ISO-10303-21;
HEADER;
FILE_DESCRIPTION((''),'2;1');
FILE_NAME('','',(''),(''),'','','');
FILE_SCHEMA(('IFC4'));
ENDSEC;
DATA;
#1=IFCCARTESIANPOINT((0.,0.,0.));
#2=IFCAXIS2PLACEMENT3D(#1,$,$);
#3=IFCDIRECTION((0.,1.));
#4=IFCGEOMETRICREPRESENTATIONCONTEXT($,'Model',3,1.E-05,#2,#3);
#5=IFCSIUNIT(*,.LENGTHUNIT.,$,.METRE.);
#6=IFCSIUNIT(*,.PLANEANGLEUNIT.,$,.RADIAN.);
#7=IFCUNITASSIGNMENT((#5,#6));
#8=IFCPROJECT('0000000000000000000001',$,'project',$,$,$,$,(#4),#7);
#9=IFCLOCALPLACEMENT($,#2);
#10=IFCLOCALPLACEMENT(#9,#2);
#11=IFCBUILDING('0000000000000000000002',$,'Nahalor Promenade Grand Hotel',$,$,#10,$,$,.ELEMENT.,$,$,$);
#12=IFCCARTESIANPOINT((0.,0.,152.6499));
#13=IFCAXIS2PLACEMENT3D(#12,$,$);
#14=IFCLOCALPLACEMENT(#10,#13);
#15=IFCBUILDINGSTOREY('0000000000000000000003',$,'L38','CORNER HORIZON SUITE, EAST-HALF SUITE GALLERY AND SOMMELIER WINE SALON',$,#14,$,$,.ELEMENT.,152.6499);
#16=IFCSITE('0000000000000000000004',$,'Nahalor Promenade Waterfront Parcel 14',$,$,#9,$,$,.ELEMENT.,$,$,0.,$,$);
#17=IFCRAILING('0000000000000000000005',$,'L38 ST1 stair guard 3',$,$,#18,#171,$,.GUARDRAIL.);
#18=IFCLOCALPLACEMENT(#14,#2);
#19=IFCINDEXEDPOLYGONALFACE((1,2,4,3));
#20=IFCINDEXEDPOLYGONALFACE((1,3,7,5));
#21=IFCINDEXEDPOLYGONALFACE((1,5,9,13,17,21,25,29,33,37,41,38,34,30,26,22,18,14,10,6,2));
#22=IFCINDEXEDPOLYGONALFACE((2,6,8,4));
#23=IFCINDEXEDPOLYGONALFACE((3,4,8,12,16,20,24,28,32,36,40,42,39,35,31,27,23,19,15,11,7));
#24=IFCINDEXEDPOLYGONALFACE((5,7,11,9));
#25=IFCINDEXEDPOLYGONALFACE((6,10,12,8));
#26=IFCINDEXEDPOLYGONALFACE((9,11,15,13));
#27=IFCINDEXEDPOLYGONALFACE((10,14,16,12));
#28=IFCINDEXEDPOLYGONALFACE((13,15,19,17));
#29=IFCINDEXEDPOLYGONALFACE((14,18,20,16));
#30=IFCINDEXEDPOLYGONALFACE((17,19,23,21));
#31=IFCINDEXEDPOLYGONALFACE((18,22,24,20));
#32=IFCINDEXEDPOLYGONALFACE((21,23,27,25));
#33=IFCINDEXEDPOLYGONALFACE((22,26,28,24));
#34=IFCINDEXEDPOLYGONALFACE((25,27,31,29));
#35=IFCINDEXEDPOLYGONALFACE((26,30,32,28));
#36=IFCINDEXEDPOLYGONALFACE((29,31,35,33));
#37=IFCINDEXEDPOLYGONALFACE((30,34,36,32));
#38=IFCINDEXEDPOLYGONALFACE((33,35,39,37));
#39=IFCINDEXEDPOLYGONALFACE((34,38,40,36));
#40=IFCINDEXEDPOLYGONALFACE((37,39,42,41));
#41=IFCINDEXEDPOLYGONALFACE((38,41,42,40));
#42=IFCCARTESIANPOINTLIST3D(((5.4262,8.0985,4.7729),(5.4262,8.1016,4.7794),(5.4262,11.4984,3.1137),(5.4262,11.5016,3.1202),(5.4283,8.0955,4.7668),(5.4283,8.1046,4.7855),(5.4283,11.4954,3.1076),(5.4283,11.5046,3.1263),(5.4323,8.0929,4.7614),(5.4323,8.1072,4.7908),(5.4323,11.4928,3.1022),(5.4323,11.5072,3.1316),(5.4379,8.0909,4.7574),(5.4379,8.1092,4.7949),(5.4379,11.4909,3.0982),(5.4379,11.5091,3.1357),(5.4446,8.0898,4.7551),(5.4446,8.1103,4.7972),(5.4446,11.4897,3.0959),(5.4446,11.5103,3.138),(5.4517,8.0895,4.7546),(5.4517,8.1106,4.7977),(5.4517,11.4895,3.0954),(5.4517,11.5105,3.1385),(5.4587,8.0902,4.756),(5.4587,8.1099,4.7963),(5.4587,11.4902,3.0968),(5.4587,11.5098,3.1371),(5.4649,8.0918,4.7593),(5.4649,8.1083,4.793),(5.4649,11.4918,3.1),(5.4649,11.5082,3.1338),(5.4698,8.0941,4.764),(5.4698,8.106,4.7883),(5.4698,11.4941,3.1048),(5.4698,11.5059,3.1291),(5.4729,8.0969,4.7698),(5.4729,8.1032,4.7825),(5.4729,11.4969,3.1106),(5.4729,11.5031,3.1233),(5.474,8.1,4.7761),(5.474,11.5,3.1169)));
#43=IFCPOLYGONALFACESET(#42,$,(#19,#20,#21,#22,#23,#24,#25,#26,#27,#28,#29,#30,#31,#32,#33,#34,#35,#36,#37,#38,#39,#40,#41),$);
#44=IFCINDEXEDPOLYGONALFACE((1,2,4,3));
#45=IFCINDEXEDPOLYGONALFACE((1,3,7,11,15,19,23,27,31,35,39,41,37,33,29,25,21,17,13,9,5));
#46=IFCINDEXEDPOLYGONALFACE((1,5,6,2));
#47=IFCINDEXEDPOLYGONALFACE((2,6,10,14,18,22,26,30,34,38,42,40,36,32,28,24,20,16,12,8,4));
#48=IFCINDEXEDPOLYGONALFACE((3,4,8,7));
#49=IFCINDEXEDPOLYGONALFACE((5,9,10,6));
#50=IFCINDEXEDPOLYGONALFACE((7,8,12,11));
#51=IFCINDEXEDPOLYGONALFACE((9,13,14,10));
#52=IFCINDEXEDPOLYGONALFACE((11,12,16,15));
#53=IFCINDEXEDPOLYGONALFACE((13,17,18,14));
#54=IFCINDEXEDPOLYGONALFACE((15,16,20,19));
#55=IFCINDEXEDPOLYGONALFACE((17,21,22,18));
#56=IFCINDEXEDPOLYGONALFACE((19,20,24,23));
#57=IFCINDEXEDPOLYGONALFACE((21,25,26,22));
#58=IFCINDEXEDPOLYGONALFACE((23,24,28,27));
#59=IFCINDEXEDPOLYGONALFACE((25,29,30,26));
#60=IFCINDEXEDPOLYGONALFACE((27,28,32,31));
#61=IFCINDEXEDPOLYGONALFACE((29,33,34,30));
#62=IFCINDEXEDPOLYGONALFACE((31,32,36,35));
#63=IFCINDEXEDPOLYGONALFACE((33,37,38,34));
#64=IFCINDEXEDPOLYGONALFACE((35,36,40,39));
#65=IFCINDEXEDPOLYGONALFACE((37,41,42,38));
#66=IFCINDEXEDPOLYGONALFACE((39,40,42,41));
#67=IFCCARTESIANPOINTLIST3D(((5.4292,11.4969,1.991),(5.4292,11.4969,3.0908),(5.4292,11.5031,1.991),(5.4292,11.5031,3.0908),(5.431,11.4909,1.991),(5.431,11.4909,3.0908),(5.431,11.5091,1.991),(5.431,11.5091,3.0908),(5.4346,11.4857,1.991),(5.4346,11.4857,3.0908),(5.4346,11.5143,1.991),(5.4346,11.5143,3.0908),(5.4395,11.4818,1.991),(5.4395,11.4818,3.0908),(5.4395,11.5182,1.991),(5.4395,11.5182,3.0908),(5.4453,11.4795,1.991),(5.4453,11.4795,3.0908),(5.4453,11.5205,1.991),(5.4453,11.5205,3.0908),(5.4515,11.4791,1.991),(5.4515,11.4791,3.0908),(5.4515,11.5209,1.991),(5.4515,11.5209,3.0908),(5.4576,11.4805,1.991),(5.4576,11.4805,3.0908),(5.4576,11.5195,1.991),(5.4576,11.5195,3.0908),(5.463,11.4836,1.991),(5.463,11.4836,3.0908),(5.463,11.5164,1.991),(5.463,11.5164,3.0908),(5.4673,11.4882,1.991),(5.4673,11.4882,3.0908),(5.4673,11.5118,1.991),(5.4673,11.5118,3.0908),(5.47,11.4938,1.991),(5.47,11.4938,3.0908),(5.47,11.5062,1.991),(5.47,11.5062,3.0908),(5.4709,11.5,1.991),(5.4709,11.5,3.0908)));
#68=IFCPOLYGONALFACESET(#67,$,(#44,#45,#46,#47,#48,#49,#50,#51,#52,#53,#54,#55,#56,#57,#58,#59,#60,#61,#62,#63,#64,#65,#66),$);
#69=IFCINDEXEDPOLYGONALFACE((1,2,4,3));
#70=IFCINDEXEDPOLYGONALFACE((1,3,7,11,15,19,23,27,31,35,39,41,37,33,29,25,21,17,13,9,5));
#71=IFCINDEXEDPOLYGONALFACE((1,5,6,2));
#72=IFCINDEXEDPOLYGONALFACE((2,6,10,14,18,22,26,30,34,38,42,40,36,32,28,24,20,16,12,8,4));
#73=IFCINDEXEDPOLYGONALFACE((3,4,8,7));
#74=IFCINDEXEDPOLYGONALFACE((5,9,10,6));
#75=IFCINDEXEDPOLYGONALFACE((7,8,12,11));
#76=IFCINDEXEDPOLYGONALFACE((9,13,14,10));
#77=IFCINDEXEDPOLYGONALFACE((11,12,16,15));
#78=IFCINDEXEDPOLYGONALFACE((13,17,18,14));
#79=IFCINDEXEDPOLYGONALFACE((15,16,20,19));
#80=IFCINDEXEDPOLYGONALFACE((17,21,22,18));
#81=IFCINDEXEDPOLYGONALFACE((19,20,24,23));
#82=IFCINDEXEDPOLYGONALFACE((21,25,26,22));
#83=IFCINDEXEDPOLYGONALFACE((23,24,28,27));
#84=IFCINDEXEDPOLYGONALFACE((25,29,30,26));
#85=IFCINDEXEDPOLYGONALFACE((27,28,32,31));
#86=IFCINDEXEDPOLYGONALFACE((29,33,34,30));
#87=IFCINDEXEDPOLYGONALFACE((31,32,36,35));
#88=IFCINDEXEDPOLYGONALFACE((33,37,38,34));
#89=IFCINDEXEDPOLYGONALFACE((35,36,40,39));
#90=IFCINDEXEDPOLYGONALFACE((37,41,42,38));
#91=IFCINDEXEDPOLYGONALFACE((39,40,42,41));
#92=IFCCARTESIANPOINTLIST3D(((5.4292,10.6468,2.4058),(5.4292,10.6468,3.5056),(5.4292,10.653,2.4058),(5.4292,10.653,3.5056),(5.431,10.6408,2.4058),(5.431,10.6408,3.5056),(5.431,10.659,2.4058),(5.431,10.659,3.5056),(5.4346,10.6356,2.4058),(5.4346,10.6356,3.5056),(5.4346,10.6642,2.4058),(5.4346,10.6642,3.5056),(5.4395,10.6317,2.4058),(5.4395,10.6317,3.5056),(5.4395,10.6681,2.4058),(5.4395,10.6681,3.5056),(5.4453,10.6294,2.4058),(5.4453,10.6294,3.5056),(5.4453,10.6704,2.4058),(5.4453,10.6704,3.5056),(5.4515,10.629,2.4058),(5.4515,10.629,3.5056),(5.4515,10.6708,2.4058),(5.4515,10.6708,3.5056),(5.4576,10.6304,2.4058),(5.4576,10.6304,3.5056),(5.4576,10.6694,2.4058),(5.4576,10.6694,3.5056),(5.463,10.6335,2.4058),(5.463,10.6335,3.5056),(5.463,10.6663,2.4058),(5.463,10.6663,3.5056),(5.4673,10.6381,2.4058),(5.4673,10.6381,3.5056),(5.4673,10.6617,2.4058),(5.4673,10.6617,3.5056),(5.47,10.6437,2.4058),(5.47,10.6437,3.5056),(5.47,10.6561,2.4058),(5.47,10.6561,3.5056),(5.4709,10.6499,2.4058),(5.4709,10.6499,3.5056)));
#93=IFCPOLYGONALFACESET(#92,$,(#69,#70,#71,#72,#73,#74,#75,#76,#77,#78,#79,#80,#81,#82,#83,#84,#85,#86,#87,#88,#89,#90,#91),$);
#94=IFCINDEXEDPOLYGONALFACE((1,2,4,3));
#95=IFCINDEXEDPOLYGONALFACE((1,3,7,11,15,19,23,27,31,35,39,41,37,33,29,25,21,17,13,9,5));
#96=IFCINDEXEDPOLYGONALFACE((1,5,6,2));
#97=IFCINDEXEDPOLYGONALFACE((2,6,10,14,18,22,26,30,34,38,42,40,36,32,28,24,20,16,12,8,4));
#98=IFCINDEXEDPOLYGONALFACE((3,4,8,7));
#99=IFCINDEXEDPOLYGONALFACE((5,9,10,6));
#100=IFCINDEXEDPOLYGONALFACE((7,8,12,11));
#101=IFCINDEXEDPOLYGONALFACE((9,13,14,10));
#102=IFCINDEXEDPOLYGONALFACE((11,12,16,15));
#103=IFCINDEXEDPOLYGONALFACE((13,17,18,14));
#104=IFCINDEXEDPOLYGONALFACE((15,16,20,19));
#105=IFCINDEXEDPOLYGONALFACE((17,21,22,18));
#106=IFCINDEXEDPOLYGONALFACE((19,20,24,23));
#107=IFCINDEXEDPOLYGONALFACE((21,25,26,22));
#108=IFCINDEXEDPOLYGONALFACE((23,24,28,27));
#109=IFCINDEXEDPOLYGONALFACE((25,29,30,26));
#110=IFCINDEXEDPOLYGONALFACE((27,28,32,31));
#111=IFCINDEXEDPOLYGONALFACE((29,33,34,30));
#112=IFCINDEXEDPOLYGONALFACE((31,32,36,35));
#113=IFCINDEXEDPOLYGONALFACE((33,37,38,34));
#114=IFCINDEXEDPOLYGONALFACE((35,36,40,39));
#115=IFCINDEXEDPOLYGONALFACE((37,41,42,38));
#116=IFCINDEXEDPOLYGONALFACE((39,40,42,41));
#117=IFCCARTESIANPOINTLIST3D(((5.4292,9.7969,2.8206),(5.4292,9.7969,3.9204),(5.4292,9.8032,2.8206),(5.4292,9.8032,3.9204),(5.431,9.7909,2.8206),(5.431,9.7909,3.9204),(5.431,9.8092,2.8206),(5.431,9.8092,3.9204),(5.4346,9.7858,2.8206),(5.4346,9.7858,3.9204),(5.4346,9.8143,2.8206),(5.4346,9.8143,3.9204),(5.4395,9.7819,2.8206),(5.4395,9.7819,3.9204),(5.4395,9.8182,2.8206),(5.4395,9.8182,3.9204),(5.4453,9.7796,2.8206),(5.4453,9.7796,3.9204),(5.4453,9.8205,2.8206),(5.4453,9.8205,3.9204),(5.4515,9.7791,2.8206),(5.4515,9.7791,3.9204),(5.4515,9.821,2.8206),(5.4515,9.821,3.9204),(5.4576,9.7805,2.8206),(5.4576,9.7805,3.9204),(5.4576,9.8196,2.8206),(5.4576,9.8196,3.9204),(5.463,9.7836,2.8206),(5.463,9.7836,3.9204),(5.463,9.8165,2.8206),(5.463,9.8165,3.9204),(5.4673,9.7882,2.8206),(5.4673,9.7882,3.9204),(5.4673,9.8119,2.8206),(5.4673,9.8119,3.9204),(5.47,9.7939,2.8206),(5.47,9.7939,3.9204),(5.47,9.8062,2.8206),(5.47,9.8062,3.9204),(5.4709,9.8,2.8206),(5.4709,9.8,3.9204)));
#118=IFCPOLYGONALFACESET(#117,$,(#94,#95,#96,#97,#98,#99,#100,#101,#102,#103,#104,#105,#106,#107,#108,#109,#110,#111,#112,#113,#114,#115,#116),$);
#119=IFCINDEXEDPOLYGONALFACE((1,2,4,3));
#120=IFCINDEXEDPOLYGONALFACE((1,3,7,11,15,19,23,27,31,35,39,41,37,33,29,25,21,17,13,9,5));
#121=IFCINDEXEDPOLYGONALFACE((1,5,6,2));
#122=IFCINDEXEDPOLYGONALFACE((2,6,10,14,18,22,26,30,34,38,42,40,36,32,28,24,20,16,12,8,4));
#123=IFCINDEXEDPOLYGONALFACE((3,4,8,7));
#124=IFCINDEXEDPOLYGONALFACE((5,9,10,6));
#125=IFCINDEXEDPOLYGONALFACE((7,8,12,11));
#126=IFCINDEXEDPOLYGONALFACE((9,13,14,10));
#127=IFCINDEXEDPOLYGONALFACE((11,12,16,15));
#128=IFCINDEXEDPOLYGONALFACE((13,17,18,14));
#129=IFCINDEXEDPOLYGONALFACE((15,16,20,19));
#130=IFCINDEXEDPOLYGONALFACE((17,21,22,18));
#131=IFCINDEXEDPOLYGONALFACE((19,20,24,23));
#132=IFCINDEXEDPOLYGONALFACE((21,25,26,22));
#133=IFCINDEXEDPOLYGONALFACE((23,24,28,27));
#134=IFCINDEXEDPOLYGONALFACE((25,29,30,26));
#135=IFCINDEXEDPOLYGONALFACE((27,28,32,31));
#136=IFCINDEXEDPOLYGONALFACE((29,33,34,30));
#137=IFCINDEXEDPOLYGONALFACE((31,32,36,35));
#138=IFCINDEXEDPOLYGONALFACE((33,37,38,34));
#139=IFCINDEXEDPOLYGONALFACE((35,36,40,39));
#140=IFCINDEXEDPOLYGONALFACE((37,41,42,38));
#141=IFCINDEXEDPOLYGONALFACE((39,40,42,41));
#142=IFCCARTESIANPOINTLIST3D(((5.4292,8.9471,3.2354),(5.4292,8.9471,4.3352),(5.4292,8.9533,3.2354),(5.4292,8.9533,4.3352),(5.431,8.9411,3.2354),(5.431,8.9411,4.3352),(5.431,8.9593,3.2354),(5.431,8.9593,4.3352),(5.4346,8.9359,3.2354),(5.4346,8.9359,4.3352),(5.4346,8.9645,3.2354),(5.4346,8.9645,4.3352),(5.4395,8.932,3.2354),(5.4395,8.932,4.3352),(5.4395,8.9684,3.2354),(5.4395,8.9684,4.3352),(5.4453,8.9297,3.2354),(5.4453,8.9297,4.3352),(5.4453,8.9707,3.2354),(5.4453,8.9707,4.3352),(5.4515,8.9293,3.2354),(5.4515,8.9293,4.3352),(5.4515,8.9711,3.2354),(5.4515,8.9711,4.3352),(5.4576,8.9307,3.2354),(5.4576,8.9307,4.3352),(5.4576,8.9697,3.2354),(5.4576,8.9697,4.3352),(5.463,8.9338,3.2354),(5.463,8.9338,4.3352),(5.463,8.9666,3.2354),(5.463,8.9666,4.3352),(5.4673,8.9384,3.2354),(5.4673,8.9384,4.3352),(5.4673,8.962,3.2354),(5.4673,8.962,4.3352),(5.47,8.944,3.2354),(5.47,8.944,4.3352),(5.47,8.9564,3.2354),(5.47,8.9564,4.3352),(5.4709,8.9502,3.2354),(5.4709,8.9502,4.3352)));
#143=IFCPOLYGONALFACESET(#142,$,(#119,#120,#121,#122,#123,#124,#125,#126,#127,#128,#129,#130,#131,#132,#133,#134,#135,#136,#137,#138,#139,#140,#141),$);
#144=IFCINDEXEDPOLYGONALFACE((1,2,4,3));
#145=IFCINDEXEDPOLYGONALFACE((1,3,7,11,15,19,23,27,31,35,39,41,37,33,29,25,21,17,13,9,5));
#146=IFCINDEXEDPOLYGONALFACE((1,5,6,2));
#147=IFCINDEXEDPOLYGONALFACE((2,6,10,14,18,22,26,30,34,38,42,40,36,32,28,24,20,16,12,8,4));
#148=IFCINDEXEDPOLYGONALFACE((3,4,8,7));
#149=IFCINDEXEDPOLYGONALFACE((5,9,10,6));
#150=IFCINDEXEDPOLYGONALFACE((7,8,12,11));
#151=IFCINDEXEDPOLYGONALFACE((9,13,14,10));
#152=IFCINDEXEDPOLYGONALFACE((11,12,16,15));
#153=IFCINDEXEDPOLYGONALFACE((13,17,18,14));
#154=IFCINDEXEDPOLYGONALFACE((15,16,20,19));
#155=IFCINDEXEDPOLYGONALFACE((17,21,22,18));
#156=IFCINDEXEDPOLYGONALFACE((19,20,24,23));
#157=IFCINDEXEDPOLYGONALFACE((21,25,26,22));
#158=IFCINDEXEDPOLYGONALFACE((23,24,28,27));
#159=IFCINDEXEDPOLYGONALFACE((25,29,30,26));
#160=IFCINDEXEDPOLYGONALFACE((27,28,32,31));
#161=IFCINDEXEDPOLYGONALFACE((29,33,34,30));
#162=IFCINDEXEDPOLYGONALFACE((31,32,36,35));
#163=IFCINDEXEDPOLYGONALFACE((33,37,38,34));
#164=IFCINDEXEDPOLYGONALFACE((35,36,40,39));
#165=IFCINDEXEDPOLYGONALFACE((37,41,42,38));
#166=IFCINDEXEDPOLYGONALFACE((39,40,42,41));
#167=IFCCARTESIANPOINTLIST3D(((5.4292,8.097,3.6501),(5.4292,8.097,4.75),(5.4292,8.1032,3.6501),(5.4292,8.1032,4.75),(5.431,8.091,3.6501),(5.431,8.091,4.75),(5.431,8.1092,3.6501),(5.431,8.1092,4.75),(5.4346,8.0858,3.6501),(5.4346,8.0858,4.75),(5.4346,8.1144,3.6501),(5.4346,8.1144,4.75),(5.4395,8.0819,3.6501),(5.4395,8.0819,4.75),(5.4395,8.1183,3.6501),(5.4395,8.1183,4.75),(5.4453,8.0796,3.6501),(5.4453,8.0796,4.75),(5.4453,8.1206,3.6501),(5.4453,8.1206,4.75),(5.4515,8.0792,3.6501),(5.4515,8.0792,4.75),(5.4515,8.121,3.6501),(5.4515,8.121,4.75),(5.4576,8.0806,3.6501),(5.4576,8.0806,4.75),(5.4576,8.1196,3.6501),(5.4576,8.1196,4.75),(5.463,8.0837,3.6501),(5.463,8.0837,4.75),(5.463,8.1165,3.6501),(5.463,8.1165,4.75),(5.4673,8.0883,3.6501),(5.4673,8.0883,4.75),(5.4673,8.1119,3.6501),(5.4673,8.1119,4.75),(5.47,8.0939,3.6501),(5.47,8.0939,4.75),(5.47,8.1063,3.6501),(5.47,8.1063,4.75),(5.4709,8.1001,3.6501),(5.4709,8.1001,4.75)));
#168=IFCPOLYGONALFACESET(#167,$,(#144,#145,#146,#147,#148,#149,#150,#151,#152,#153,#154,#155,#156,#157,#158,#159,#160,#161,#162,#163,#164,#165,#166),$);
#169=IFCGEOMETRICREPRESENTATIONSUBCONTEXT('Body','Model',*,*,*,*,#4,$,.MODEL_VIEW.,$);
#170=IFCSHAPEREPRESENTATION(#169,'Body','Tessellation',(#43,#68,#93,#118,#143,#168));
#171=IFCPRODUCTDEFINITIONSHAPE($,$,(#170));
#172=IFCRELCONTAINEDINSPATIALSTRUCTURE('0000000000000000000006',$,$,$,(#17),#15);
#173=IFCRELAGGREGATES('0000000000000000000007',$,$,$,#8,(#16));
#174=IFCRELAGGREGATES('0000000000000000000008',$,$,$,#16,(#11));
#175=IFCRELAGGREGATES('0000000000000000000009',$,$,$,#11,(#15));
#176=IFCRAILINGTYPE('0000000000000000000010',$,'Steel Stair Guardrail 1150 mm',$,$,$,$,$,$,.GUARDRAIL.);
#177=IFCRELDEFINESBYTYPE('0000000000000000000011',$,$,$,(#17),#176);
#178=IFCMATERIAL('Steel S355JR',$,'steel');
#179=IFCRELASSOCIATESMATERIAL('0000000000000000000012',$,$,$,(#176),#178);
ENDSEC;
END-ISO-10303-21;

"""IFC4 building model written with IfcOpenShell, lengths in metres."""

from ifc_helpers import new_model, si_unit, direction, frame, origin, origin_2d, place, context, subcontext, project, spatial, circle, extrude, material, type_object, element, save


model = new_model("IFC4")

# Units and contexts
model_context = context("Model", 3, precision=1e-05, world=origin(), true_north=direction((0.0, 1.0)))
body_context = subcontext(model_context, "Body", "Model", "MODEL_VIEW")
ifc_project = project(units=[si_unit("LENGTHUNIT", "METRE"), si_unit("PLANEANGLEUNIT", "RADIAN")], contexts=[model_context])

# Site, building, storey
site_placement = place(None, origin())
site = spatial("IfcSite", under=ifc_project, at=site_placement, Name="Nahalor Promenade Waterfront Parcel 14", CompositionType="ELEMENT", RefElevation=0.0)
building_placement = place(site_placement, origin())
building = spatial("IfcBuilding", under=site, at=building_placement, Name="Nahalor Promenade Grand Hotel", CompositionType="ELEMENT")
storey_placement = place(building_placement, frame((0.0, 0.0, 152.6499)))
storey = spatial("IfcBuildingStorey", under=building, at=storey_placement, Name="L38", Description="CORNER HORIZON SUITE, EAST-HALF SUITE GALLERY AND SOMMELIER WINE SALON", CompositionType="ELEMENT", Elevation=152.6499)

# Shared definitions
ifc_material_1 = material(Name="Steel S355JR", Category="steel")

# Railing
railing_type_1 = type_object("IfcRailingType", Name="Steel Stair Guardrail 1150 mm", PredefinedType="GUARDRAIL", material=ifc_material_1)
railing_1_placement = place(storey_placement, frame((5.45, 11.5, 1.991)))
element("IfcRailing", 1, at=railing_1_placement, inside=storey, type_object=railing_type_1, Name="L38 ST1 stair guard 3", PredefinedType="GUARDRAIL", context=body_context, shape_type="SweptSolid", body=[
    extrude(circle(Radius=0.024, at=origin_2d()), frame((0.0, 0.0, 1.126), z_axis=(0.0, -0.898696, 0.438571), x_axis=(1.0, 0.0, 0.0)), (0.0, 0.0, 1.0), 3.7832),
    extrude(circle(Radius=0.021, at=origin_2d()), origin(), (0.0, 0.0, 1.0), 1.0999),
    extrude(circle(Radius=0.021, at=origin_2d()), frame((0.0, -0.8501, 0.4148)), (0.0, 0.0, 1.0), 1.0999),
    extrude(circle(Radius=0.021, at=origin_2d()), frame((0.0, -1.7, 0.8296)), (0.0, 0.0, 1.0), 1.0999),
    extrude(circle(Radius=0.021, at=origin_2d()), frame((0.0, -2.5498, 1.2444)), (0.0, 0.0, 1.0), 1.0999),
    extrude(circle(Radius=0.021, at=origin_2d()), frame((0.0, -3.3999, 1.6592)), (0.0, 0.0, 1.0), 1.0999),
])

save(model, "model.ifc")
